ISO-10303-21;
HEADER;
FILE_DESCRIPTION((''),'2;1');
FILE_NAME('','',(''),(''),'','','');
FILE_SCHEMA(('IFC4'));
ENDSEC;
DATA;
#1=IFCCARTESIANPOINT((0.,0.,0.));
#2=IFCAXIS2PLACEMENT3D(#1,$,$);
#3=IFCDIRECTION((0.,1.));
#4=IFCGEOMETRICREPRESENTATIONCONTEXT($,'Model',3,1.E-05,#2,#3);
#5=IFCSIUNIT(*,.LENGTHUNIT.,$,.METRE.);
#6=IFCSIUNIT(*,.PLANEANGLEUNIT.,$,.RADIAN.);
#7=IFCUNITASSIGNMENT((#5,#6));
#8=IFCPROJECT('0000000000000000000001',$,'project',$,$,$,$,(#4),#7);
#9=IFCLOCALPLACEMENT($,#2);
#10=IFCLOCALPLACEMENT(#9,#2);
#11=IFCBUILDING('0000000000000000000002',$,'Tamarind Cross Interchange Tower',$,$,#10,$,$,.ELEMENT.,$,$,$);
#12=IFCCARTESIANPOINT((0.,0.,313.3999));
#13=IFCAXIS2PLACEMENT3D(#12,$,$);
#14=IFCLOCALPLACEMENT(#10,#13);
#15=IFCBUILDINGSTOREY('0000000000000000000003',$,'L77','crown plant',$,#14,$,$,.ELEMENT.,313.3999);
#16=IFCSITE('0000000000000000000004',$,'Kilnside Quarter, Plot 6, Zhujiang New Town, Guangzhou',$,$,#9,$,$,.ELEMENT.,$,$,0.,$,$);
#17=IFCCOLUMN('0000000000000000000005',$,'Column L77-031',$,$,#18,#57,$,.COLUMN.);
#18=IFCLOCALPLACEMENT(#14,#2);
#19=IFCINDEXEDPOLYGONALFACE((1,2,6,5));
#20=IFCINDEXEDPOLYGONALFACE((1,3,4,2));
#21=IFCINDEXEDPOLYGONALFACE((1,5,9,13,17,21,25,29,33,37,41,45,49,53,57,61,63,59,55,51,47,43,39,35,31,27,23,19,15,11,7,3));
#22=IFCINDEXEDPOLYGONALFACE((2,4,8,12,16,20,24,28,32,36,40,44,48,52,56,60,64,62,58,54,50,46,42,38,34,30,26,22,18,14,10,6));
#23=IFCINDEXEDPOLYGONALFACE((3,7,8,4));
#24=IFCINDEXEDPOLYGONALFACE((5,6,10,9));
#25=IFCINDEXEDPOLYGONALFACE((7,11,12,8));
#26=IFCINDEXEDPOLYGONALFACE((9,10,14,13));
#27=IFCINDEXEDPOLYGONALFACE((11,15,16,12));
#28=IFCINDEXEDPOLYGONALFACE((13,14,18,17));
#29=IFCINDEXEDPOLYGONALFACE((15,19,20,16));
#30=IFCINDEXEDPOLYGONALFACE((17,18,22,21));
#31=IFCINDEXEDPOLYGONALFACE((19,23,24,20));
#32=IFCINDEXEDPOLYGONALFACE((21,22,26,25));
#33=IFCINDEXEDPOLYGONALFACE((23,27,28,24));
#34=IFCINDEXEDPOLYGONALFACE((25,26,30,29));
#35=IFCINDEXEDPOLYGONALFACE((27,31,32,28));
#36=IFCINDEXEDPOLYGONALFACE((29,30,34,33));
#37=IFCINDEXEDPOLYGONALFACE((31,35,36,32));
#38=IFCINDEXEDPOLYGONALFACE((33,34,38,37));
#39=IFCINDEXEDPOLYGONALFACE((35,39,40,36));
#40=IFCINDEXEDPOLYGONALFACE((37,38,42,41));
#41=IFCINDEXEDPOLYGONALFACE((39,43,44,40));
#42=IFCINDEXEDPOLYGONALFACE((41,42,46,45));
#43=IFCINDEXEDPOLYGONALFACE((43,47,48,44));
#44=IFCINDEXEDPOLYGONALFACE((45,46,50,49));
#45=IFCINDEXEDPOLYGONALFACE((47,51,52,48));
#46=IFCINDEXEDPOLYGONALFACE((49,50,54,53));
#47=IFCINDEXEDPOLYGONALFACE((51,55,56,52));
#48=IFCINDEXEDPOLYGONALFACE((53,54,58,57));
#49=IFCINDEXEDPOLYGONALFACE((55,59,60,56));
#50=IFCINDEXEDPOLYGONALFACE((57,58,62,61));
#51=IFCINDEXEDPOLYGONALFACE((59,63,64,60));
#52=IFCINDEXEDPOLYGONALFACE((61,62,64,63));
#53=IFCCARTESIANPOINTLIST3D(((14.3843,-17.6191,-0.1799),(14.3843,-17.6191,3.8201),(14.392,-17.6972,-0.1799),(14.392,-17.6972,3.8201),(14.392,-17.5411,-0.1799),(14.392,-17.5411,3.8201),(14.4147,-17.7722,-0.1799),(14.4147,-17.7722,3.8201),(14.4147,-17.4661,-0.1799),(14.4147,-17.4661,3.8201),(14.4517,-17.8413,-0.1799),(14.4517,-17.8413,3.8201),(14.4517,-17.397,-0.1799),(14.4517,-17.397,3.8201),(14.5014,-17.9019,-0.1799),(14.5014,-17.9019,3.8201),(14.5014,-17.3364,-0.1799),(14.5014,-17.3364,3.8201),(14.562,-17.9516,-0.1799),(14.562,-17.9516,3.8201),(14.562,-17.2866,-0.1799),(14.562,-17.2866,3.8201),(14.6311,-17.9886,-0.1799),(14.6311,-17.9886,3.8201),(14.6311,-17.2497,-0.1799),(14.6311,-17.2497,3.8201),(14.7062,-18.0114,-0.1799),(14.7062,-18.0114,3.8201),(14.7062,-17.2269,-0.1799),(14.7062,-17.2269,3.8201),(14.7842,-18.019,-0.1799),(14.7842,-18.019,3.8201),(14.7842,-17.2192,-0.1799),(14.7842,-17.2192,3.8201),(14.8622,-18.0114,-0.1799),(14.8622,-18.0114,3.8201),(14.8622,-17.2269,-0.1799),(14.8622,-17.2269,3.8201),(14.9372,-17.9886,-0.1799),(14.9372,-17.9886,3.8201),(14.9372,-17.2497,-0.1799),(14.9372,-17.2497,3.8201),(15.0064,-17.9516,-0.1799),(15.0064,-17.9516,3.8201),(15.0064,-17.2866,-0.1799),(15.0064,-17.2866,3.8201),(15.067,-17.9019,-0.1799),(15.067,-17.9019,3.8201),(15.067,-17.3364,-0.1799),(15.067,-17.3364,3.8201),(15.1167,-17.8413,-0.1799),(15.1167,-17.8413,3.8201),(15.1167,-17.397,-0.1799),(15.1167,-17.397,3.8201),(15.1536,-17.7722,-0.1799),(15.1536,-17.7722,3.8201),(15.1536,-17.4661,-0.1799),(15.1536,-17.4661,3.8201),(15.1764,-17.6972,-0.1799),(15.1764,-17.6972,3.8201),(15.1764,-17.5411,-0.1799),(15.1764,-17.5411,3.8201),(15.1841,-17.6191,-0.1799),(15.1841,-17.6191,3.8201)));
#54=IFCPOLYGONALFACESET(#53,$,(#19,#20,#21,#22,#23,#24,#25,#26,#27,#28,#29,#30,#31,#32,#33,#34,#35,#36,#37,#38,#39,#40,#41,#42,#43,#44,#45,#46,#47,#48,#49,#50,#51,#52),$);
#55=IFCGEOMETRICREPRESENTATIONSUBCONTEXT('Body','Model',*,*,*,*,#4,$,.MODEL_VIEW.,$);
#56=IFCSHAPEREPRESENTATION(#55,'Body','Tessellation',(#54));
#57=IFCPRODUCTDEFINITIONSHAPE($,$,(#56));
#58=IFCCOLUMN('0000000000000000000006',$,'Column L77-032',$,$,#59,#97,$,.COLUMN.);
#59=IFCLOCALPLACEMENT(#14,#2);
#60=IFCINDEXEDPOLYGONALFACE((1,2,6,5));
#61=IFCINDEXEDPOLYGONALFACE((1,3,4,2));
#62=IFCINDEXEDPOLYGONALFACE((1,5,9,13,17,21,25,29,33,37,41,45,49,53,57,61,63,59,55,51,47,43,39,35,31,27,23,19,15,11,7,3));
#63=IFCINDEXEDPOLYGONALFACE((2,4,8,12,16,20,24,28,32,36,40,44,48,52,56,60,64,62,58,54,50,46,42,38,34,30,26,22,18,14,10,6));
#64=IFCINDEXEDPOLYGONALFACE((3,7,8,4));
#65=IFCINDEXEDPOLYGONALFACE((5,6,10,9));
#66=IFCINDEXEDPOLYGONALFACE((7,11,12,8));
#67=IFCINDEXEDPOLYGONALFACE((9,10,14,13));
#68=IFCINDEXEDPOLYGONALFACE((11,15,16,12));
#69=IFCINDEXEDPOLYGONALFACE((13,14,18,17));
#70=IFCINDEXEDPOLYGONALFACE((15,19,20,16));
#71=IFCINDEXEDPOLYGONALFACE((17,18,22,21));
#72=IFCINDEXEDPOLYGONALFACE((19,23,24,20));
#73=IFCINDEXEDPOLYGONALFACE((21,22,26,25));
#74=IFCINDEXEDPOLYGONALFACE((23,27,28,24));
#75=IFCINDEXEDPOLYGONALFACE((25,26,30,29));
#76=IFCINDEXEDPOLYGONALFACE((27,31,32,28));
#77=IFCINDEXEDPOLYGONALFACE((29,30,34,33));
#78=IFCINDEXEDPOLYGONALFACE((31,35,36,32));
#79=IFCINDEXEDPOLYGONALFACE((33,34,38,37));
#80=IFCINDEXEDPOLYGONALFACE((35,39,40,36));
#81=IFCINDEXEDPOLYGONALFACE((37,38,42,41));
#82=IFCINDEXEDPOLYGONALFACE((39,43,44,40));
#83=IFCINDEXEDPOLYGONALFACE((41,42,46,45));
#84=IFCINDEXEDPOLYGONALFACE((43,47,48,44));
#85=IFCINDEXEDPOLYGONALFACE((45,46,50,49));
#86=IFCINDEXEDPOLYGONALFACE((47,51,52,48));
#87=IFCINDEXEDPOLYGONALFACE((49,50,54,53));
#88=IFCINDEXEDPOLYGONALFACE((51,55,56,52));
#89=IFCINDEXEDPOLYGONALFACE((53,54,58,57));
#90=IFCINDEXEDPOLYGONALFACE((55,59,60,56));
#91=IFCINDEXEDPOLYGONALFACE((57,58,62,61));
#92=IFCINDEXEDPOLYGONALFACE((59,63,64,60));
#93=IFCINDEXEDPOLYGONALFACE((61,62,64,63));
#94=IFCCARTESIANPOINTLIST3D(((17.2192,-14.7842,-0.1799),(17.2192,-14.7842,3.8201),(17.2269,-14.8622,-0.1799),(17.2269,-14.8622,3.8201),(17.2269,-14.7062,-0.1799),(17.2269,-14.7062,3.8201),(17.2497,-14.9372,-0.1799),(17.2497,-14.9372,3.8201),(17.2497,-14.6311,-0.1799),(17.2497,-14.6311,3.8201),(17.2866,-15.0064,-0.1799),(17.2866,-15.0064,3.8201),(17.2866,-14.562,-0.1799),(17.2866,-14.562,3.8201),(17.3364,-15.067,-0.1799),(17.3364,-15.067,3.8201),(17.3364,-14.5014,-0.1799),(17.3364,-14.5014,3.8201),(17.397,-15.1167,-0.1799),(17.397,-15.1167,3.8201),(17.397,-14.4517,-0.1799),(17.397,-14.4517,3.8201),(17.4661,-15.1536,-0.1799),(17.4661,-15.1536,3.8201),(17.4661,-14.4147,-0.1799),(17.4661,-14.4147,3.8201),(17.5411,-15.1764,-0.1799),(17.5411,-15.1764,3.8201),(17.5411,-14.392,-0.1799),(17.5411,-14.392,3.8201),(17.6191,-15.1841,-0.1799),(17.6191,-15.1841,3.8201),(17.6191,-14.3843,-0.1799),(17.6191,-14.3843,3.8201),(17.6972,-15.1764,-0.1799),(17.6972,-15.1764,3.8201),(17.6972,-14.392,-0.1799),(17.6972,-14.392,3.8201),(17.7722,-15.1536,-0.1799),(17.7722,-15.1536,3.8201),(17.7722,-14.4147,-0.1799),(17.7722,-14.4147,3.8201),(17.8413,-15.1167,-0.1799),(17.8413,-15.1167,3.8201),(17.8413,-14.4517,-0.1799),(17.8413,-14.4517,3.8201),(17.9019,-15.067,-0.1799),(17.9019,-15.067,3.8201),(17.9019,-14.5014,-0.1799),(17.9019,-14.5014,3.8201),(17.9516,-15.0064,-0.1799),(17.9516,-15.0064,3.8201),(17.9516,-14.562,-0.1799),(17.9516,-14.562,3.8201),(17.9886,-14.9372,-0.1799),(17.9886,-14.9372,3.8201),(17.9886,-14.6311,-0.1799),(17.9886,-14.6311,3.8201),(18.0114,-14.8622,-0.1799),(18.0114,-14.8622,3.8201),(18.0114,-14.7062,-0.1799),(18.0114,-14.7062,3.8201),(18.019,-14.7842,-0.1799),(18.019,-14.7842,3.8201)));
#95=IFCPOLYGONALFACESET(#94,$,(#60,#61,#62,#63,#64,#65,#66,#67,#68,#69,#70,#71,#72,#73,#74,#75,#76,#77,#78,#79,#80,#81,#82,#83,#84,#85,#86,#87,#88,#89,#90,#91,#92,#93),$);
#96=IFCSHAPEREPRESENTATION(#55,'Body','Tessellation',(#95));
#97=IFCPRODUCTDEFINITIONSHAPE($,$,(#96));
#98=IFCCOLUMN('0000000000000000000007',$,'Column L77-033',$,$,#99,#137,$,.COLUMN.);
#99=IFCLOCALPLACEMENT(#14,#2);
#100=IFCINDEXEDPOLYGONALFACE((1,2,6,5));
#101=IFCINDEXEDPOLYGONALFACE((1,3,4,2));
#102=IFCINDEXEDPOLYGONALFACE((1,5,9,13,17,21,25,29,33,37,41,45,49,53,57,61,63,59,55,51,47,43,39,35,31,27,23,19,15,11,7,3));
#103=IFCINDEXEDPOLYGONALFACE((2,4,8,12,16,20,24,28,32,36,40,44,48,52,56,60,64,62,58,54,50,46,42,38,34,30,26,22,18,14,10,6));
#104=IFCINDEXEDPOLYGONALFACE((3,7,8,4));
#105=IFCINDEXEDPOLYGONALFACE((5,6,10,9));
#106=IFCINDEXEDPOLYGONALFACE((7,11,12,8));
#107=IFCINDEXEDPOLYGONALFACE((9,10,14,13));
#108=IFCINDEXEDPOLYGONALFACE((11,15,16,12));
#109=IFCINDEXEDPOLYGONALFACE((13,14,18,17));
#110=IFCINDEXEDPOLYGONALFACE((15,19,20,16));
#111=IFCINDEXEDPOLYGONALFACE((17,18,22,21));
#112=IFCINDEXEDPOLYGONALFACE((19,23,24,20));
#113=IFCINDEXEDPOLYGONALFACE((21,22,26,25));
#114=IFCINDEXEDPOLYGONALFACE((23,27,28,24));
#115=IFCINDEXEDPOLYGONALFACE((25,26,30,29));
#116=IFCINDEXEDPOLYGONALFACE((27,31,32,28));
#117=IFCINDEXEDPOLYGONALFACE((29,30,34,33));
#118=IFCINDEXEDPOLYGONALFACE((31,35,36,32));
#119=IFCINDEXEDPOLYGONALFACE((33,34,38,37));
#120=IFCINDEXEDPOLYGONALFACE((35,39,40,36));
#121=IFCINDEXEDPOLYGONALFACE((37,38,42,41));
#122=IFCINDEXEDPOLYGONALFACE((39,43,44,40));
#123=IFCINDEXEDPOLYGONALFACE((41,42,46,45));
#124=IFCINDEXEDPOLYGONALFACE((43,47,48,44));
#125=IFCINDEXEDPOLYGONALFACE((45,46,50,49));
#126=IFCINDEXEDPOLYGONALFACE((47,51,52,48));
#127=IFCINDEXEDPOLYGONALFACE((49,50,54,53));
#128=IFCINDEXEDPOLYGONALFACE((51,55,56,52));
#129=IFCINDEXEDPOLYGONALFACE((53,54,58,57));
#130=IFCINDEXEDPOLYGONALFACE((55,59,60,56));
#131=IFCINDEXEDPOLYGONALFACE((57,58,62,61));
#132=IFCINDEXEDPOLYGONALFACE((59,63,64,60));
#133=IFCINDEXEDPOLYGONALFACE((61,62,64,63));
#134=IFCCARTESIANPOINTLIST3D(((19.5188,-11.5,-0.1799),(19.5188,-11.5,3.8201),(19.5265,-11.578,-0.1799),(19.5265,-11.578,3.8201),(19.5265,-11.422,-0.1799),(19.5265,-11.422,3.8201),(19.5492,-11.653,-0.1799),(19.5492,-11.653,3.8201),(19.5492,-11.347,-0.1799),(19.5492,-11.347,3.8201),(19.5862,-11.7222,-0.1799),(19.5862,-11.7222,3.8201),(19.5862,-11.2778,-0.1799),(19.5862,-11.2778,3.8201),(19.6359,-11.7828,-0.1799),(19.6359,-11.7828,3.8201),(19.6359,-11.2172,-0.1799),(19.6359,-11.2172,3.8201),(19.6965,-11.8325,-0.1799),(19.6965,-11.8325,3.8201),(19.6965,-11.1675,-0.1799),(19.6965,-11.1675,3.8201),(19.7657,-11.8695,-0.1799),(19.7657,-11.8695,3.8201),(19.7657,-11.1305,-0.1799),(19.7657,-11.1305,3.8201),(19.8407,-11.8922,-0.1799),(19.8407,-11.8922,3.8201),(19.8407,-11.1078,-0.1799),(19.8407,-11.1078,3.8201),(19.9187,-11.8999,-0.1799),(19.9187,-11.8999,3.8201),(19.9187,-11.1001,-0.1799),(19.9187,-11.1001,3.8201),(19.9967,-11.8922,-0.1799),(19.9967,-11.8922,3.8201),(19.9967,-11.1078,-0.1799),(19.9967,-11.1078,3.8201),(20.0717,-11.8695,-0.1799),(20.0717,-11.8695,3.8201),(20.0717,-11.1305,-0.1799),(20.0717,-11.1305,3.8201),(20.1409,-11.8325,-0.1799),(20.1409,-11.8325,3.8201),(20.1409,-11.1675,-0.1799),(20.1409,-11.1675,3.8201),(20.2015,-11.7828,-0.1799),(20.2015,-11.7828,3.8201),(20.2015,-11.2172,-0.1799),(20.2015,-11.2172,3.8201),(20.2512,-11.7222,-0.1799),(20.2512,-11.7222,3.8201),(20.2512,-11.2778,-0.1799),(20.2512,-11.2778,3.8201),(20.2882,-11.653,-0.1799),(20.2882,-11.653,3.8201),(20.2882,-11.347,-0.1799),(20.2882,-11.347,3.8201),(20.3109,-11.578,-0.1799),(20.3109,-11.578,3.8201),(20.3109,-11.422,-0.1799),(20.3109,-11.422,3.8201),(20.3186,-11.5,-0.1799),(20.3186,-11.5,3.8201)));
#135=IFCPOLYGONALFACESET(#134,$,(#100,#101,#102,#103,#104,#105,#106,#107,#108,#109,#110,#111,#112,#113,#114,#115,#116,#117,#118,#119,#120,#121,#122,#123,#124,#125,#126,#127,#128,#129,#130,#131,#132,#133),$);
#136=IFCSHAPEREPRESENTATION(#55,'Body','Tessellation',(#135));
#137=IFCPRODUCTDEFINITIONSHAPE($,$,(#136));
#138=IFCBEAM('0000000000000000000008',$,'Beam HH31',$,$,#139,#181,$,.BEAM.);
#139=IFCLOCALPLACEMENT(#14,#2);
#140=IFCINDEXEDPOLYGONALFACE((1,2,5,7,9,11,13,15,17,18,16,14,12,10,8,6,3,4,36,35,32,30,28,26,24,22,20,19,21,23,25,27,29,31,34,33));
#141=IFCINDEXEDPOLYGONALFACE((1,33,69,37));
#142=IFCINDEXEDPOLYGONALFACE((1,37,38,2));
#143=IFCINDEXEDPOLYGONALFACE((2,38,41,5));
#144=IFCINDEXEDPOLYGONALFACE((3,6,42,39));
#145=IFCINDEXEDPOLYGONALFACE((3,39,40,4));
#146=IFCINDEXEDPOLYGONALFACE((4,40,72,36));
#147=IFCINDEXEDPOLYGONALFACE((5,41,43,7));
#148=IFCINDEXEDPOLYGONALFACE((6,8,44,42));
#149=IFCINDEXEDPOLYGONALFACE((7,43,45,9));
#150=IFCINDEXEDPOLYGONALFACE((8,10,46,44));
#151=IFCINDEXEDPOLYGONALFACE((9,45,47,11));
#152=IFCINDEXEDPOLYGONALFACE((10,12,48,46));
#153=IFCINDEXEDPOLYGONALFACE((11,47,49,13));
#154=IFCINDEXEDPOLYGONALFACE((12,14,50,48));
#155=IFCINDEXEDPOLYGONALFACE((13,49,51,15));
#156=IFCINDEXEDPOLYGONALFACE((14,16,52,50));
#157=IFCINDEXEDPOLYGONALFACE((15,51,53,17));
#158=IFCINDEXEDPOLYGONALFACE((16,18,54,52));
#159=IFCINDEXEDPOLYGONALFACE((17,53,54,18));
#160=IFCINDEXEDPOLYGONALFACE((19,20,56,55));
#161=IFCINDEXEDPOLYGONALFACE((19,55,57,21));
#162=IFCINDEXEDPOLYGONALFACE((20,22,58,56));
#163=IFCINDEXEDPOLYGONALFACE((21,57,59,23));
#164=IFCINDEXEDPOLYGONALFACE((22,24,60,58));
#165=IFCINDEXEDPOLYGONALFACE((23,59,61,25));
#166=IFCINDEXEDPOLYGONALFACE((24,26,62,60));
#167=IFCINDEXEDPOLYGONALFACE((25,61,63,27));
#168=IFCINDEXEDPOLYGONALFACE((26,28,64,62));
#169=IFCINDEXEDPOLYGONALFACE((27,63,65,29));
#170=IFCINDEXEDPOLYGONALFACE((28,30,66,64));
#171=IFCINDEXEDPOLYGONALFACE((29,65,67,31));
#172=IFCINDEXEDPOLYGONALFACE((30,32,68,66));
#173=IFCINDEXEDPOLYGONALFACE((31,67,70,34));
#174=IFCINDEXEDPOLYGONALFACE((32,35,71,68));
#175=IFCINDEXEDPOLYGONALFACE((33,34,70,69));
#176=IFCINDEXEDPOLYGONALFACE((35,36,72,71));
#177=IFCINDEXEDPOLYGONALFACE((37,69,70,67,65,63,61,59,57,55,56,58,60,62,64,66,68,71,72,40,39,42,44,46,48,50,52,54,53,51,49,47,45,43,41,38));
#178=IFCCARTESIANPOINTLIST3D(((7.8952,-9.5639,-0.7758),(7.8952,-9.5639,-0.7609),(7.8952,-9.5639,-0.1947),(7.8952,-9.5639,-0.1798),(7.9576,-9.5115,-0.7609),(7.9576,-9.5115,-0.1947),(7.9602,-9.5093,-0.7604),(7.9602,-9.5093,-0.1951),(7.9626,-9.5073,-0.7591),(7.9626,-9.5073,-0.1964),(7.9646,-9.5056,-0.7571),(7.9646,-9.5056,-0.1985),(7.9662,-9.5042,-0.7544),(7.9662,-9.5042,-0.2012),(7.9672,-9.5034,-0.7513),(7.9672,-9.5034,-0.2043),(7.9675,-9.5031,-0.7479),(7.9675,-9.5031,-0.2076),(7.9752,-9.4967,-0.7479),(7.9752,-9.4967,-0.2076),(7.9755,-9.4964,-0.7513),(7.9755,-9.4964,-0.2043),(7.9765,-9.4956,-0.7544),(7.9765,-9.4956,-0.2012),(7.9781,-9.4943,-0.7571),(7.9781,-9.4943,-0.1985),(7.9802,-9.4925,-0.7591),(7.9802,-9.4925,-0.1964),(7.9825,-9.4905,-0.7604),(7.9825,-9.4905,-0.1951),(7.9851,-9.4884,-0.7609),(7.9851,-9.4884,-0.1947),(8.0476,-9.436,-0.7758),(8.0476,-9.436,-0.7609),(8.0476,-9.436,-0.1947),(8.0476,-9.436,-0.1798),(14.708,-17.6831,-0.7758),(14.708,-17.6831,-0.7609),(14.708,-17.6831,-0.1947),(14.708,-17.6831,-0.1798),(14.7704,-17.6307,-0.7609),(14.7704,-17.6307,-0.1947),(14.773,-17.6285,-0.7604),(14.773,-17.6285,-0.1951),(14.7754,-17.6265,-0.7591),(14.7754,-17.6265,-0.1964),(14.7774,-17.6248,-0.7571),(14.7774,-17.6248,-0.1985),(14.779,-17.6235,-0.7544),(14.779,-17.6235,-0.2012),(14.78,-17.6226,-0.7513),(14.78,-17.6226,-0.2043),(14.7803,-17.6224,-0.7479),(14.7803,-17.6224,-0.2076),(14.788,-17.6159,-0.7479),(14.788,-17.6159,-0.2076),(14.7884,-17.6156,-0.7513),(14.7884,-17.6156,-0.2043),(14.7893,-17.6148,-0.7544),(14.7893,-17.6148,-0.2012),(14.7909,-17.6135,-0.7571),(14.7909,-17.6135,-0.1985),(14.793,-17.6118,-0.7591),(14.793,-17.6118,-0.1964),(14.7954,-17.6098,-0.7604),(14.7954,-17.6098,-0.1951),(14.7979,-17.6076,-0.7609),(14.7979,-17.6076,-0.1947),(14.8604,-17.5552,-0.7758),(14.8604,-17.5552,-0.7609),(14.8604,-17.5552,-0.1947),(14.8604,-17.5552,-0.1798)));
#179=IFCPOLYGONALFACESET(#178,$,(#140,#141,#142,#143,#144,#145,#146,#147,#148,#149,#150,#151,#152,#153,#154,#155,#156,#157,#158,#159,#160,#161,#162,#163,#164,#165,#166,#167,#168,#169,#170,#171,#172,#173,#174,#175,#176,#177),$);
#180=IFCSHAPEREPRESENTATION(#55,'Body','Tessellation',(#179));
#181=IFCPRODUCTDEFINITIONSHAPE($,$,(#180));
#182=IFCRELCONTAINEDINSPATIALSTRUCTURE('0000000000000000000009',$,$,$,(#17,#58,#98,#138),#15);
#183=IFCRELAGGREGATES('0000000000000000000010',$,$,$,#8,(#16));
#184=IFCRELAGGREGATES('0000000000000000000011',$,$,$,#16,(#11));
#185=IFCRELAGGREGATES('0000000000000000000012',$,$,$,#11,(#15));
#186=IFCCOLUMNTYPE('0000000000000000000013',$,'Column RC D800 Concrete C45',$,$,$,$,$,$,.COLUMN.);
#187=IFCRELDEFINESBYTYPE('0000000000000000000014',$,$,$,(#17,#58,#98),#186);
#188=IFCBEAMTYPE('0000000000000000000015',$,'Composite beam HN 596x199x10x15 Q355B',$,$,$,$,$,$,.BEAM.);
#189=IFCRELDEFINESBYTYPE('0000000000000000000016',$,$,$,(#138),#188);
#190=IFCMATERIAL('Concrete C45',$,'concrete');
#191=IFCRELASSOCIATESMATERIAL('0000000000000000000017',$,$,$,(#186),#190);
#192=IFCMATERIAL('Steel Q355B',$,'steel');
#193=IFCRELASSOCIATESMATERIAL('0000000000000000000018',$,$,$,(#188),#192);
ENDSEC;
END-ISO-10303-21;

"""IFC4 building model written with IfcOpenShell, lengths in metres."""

from ifc_helpers import new_model, si_unit, direction, frame, origin, origin_2d, place, context, subcontext, project, spatial, circle, i_section, extrude, material, material_profile, profile_set, type_object, element, save


model = new_model("IFC4")

# Units and contexts
model_context = context("Model", 3, precision=1e-05, world=origin(), true_north=direction((0.0, 1.0)))
body_context = subcontext(model_context, "Body", "Model", "MODEL_VIEW")
ifc_project = project(units=[si_unit("LENGTHUNIT", "METRE"), si_unit("PLANEANGLEUNIT", "RADIAN")], contexts=[model_context])

# Site, building, storey
site_placement = place(None, origin())
site = spatial("IfcSite", under=ifc_project, at=site_placement, Name="Kilnside Quarter, Plot 6, Zhujiang New Town, Guangzhou", CompositionType="ELEMENT", RefElevation=0.0)
building_placement = place(site_placement, origin())
building = spatial("IfcBuilding", under=site, at=building_placement, Name="Tamarind Cross Interchange Tower", CompositionType="ELEMENT")
storey_placement = place(building_placement, frame((0.0, 0.0, 313.3999)))
storey = spatial("IfcBuildingStorey", under=building, at=storey_placement, Name="L77", Description="crown plant", CompositionType="ELEMENT", Elevation=313.3999)

# Columns
ifc_material_1 = material(Name="Concrete C45", Category="concrete")
ifc_material_profile_1 = material_profile(ifc_material_1, circle(Radius=0.3999, at=origin_2d()), Name="RC D800")
ifc_profile_set_1 = profile_set([ifc_material_profile_1], Name="Concrete C45")
column_type = type_object("IfcColumnType", Name="Column RC D800 Concrete C45", PredefinedType="COLUMN", material=ifc_profile_set_1)
for number, where, z_axis, x_axis, name in (
    (1, (14.7842, -17.6191, -0.1799), (0.0, 0.0, 1.0), (1.0, 0.0, 0.0), "Column L77-031"),
    (2, (17.6191, -14.7842, -0.1799), (0.0, 0.0, 1.0), (1.0, 0.0, 0.0), "Column L77-032"),
    (3, (19.9187, -11.5, -0.1799), (0.0, 0.0, 1.0), (1.0, 0.0, 0.0), "Column L77-033"),
):
    element("IfcColumn", number, at=place(storey_placement, frame(where, z_axis=z_axis, x_axis=x_axis)), inside=storey, type_object=column_type, Name=name, PredefinedType="COLUMN", context=body_context, shape_type="SweptSolid", body=[
        extrude(circle(Radius=0.3999, at=origin_2d()), origin(), (0.0, 0.0, 1.0), 4.0),
    ])

# Beam
ifc_material_2 = material(Name="Steel Q355B", Category="steel")
ifc_material_profile_2 = material_profile(ifc_material_2, i_section(OverallWidth=0.199, OverallDepth=0.5959, WebThickness=0.01, FlangeThickness=0.0149, FilletRadius=0.0129, at=origin_2d()), Name="HN 596x199x10x15")
ifc_profile_set_2 = profile_set([ifc_material_profile_2], Name="Steel Q355B")
beam_type = type_object("IfcBeamType", Name="Composite beam HN 596x199x10x15 Q355B", PredefinedType="BEAM", material=ifc_profile_set_2)
beam_1_placement = place(storey_placement, frame((14.7842, -17.6191, -0.4778), z_axis=(-0.642786, 0.766046, 0.0), x_axis=(-0.766046, -0.642786, 0.0)))
element("IfcBeam", 4, at=beam_1_placement, inside=storey, type_object=beam_type, Name="Beam HH31", PredefinedType="BEAM", context=body_context, shape_type="SweptSolid", body=[
    extrude(i_section(OverallWidth=0.199, OverallDepth=0.5959, WebThickness=0.01, FlangeThickness=0.0149, FilletRadius=0.0129, at=origin_2d()), origin(), (0.0, 0.0, 1.0), 10.5989),
])

save(model, "model.ifc")
